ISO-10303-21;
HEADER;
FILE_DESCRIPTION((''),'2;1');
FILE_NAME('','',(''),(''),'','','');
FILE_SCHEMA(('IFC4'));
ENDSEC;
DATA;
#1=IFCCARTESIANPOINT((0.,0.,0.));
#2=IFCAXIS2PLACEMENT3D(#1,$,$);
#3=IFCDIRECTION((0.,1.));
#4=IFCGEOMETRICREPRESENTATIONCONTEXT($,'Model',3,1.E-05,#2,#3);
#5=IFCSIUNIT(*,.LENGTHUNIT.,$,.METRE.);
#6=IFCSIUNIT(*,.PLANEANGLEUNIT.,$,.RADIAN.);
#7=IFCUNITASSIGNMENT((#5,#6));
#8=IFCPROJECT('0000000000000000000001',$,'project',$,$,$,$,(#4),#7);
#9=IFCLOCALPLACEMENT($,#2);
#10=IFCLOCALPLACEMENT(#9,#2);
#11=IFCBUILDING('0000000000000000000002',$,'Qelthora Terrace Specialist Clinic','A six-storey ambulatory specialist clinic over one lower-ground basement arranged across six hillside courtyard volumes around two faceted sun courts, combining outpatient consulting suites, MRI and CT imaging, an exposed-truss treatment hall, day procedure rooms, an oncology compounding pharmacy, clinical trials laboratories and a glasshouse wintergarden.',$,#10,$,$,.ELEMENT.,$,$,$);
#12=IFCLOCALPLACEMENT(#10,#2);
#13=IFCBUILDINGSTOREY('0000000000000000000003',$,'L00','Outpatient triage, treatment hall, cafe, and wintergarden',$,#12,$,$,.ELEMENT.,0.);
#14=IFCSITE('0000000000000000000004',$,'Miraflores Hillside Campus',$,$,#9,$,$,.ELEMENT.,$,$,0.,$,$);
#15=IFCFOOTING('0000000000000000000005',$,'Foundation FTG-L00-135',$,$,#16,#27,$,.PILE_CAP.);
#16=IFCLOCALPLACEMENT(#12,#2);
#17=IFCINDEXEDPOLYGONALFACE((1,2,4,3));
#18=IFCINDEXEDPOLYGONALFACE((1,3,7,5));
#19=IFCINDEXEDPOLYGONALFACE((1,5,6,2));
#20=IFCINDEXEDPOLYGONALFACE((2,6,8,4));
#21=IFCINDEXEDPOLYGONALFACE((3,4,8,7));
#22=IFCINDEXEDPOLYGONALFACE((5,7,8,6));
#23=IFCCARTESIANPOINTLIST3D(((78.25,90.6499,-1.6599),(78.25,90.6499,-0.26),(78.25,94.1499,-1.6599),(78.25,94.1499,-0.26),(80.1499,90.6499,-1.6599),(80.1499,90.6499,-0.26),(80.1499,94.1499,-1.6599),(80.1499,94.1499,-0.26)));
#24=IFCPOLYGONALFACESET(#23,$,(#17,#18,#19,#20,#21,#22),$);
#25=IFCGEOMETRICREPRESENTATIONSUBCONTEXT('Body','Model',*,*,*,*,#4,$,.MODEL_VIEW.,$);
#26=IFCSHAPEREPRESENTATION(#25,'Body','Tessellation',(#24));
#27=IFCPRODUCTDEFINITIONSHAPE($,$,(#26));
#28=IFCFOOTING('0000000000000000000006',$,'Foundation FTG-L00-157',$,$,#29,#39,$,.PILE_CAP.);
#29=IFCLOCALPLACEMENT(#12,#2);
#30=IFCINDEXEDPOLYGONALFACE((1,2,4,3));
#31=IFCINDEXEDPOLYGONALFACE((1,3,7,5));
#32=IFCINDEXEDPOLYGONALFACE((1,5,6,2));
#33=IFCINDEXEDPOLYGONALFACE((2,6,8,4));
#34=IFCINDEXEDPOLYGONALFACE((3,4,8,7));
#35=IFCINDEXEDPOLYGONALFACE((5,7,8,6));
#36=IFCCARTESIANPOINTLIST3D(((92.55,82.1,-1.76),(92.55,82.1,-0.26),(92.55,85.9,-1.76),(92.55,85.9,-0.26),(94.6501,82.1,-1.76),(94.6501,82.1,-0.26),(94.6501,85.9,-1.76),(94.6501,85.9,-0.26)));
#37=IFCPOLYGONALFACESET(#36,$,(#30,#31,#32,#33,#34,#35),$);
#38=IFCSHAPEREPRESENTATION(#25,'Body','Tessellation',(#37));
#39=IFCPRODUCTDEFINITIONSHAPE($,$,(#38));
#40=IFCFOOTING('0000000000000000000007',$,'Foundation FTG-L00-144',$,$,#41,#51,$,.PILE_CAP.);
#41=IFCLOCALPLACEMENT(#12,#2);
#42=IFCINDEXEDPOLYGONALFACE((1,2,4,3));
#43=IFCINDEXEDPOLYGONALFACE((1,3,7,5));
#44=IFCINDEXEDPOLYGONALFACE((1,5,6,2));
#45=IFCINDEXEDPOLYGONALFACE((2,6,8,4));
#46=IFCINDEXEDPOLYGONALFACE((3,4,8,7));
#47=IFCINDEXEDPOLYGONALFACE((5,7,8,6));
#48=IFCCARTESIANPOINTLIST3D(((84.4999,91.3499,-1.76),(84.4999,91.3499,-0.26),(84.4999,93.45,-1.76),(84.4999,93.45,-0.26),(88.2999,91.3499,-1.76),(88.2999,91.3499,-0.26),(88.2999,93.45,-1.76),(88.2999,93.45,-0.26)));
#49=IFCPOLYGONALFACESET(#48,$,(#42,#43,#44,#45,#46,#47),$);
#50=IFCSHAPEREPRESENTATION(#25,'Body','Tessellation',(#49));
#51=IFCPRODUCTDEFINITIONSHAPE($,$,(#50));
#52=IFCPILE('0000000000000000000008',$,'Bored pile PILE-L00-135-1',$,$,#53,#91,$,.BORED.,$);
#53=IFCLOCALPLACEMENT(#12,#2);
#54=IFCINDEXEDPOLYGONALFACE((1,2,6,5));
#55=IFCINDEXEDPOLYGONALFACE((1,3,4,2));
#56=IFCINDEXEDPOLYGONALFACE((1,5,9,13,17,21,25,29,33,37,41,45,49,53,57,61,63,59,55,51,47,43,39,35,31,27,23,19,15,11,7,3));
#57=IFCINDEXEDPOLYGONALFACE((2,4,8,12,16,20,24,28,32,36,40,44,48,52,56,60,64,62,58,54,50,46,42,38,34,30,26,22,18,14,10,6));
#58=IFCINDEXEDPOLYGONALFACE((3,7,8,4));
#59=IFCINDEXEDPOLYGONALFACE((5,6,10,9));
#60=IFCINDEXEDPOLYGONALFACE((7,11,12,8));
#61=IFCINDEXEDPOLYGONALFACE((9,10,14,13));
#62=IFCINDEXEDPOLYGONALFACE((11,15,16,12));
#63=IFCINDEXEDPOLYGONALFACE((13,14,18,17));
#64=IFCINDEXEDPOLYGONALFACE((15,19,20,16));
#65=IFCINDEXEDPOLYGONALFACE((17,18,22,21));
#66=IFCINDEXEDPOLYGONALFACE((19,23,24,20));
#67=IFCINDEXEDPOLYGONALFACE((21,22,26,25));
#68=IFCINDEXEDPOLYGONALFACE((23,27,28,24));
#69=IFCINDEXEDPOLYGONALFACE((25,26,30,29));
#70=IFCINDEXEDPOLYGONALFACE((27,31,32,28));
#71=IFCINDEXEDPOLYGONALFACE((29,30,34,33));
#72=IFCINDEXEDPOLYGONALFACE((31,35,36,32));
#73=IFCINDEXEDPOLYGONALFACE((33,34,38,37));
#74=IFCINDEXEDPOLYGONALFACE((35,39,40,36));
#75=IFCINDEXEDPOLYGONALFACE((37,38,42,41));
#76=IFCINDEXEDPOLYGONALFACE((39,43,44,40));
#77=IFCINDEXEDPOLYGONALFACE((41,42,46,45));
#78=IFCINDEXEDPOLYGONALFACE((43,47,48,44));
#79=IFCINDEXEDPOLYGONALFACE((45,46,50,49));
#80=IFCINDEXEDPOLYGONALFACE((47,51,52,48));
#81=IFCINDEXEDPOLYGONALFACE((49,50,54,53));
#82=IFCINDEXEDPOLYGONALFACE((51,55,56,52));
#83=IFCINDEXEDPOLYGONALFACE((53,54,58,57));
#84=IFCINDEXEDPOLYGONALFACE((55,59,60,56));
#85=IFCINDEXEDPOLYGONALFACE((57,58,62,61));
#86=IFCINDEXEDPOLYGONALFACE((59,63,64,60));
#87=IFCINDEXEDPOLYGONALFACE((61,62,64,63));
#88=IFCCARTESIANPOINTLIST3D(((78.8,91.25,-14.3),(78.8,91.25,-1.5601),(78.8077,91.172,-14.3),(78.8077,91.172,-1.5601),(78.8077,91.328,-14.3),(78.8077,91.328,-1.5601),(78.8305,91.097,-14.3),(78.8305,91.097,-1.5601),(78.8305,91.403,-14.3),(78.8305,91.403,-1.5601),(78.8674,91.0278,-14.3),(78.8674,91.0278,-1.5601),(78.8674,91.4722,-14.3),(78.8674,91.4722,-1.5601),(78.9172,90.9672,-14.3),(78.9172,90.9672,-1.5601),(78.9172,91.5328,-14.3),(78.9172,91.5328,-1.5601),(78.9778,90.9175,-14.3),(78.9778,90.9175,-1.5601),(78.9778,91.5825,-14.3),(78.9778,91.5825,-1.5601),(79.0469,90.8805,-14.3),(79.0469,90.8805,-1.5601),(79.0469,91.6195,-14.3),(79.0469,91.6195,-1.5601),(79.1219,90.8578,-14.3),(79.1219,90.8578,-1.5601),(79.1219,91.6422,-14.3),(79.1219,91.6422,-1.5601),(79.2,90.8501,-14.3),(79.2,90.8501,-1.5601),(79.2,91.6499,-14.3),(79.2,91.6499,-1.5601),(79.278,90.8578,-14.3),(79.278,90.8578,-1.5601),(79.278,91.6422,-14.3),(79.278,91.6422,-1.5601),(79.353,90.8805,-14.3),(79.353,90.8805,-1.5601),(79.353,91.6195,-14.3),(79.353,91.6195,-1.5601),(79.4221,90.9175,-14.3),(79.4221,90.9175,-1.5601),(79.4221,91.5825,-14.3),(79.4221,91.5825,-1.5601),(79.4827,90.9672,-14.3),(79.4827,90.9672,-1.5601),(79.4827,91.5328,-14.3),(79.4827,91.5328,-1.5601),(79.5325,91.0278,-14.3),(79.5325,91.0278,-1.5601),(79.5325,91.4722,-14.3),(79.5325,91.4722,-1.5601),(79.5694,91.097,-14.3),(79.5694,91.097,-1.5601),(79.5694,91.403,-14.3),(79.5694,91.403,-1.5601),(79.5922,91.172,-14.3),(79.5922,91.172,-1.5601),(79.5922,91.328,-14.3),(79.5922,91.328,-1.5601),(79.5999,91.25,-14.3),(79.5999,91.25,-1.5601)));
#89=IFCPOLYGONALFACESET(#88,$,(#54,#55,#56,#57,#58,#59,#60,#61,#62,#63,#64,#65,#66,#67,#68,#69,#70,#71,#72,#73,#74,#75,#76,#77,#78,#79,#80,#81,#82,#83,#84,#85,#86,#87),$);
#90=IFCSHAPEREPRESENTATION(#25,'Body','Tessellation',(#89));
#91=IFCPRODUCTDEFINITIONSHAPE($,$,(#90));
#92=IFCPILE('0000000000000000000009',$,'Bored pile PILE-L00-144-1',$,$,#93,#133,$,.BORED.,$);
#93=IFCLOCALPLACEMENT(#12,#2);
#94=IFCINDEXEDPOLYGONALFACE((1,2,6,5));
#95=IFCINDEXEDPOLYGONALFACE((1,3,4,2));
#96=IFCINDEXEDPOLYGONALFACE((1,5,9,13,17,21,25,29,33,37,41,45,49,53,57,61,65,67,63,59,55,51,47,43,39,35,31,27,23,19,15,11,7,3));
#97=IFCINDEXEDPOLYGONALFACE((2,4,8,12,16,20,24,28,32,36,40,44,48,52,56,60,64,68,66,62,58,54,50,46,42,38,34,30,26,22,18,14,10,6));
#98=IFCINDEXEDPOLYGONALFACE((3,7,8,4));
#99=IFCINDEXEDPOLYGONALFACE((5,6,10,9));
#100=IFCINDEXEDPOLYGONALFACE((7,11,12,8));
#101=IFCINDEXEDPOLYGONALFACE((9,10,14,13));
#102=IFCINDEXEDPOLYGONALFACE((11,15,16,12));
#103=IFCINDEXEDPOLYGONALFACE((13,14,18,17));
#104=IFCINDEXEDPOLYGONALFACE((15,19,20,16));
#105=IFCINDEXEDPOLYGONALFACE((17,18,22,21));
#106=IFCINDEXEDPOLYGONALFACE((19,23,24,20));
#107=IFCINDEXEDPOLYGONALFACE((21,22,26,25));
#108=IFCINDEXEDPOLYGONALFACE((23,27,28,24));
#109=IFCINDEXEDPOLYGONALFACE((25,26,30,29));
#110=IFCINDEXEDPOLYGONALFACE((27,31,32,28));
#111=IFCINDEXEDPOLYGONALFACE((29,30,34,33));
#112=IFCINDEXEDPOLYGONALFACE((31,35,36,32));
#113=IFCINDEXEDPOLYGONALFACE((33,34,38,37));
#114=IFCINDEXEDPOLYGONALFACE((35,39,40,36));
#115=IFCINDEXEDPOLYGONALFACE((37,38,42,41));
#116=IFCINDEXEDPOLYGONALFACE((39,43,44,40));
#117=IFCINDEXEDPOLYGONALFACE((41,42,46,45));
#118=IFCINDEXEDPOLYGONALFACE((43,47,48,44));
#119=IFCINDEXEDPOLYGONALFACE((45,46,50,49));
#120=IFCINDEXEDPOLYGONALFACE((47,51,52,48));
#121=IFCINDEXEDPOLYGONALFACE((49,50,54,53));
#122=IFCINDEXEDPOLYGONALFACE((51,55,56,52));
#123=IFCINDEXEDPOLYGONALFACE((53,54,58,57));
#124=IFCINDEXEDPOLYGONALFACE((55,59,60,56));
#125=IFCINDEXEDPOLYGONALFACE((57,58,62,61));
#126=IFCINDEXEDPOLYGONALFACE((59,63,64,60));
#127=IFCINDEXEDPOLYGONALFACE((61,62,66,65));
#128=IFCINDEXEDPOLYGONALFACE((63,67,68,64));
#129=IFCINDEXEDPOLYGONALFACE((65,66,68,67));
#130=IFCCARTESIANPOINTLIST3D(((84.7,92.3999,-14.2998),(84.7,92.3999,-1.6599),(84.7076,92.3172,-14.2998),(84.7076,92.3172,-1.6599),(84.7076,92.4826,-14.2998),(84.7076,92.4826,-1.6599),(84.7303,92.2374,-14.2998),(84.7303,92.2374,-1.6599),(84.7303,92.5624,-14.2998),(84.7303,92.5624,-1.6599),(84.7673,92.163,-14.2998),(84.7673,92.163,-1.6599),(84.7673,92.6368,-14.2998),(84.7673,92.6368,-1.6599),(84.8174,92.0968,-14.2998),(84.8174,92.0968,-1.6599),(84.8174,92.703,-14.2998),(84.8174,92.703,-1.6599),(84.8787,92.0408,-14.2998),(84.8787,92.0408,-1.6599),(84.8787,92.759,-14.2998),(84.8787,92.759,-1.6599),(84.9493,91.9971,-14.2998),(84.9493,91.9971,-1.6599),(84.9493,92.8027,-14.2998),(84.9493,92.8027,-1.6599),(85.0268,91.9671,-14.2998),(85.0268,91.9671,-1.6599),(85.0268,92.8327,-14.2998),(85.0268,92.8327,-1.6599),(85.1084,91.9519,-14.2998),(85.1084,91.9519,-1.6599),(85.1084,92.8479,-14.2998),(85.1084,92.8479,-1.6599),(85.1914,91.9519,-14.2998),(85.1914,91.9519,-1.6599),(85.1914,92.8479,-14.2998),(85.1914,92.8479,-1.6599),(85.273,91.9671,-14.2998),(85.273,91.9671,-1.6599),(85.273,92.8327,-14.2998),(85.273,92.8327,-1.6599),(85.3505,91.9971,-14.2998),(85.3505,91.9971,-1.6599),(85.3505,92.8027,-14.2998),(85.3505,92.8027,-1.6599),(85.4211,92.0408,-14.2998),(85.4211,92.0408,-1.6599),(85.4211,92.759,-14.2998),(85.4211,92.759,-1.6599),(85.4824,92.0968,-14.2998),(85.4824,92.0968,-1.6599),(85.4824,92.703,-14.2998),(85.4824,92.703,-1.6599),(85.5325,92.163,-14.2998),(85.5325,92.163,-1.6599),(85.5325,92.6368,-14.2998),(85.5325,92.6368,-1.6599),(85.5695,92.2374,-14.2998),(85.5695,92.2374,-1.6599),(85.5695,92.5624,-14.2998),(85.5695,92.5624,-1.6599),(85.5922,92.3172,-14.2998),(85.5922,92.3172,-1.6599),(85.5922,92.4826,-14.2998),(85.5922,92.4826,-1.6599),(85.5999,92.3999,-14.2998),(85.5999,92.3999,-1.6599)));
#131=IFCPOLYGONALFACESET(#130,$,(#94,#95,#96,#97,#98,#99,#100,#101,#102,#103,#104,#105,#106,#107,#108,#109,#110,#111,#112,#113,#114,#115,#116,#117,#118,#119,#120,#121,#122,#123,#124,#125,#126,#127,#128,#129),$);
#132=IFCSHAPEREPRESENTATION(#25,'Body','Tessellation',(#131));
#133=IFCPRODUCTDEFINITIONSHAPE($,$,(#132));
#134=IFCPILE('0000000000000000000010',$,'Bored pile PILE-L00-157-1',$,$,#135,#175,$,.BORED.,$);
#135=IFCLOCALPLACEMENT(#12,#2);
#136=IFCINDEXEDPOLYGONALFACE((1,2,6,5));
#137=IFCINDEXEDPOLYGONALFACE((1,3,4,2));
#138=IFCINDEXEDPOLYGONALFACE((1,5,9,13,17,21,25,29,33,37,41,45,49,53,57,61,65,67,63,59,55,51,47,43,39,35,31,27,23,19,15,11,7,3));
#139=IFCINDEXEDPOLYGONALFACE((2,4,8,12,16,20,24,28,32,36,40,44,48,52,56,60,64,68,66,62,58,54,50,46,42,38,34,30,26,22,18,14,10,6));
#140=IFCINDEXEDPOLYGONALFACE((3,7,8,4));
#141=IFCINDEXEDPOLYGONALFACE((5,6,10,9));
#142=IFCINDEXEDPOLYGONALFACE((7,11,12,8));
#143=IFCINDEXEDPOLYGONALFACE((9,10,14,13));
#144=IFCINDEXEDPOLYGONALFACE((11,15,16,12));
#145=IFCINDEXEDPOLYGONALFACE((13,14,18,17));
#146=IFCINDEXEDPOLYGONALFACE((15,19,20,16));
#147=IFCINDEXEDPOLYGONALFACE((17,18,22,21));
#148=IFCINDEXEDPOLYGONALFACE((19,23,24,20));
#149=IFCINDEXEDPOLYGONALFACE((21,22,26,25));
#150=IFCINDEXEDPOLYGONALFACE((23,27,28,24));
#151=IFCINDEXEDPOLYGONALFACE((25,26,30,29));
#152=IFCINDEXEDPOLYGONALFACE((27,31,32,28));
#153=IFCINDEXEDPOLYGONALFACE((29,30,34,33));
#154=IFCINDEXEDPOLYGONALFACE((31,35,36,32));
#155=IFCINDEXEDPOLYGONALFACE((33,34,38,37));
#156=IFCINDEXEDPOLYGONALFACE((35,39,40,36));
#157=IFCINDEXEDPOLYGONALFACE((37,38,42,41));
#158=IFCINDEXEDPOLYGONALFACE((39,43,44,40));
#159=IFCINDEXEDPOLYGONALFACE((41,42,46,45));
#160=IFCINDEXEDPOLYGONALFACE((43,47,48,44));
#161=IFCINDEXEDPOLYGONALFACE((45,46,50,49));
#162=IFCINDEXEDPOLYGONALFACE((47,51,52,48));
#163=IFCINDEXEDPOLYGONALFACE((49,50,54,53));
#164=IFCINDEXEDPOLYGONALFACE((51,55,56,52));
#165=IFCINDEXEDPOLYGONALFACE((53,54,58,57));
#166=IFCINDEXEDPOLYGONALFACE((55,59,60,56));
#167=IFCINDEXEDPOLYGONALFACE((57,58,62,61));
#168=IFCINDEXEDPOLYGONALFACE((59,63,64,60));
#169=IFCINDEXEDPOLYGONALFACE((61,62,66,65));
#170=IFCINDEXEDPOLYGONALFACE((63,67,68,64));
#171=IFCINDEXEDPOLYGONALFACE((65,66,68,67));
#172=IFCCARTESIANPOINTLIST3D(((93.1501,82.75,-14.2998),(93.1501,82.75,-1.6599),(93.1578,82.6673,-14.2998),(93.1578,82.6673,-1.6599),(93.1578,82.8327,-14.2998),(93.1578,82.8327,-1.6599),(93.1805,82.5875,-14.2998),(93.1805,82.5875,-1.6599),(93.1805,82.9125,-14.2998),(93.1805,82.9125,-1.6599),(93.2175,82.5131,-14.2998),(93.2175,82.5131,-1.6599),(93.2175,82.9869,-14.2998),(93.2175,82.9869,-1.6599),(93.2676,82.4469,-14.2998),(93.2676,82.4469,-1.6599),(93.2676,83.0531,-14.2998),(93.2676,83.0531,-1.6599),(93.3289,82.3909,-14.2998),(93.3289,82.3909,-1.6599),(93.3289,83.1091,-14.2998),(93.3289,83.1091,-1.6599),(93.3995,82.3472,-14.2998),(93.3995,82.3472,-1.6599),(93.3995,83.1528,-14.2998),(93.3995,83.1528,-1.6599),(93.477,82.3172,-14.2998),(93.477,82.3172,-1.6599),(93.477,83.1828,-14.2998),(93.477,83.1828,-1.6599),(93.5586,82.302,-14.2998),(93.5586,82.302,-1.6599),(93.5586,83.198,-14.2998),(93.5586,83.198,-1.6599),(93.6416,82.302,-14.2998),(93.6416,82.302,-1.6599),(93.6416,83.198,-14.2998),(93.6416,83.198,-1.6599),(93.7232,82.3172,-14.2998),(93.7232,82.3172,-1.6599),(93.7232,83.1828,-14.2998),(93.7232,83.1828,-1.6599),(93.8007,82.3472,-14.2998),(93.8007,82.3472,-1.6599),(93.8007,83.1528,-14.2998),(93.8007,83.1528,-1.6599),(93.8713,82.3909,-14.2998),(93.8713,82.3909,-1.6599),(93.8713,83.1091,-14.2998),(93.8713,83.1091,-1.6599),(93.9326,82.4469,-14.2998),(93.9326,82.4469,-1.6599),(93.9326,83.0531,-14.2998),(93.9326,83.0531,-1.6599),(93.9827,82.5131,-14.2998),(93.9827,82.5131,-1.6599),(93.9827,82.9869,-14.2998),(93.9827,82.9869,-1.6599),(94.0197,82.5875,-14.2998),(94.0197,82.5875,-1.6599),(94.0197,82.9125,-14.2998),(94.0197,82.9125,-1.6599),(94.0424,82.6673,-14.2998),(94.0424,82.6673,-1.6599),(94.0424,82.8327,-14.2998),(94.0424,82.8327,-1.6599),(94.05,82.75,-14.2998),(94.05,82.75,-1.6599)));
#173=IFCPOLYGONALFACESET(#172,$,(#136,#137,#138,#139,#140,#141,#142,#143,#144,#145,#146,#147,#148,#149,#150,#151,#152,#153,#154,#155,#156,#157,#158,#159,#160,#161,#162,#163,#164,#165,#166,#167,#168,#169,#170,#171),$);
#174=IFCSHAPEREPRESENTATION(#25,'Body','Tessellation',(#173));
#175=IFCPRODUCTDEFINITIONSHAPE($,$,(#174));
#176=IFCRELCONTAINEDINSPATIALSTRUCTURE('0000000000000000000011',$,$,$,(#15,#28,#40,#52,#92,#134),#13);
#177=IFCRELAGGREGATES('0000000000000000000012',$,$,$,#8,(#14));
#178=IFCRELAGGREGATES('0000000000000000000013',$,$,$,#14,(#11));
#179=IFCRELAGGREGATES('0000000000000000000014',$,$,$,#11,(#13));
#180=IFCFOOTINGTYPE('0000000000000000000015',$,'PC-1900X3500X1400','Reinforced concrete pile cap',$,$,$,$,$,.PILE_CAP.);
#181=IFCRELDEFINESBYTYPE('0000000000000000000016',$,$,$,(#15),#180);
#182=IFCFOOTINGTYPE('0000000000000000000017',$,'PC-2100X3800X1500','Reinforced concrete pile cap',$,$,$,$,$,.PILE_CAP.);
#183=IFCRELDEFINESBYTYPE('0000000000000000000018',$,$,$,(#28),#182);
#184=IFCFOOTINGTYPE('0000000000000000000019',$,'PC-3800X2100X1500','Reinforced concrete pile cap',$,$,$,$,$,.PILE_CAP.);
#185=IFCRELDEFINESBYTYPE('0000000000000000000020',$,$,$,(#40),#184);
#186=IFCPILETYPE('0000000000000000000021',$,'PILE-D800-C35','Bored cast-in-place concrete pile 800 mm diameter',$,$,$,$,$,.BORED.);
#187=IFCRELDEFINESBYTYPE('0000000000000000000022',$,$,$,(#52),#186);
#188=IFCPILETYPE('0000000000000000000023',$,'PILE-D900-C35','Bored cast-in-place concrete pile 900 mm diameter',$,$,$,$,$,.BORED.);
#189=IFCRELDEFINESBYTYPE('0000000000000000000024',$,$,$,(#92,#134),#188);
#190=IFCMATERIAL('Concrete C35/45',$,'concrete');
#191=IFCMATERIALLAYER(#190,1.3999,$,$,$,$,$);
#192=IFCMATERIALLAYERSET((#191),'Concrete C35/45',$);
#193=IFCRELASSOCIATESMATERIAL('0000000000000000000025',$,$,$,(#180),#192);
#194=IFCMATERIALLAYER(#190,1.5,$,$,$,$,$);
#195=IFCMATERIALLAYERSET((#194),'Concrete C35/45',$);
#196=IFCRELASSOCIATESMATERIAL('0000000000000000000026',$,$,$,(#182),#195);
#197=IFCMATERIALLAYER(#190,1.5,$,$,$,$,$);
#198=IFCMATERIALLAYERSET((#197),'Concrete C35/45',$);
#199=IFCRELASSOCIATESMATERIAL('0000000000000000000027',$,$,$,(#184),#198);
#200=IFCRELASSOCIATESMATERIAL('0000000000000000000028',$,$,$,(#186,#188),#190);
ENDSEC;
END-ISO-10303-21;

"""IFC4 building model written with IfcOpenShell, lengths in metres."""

from ifc_helpers import new_model, si_unit, direction, frame, origin, origin_2d, place, context, subcontext, project, spatial, rectangle, circle, extrude, material, layer, layer_set, material_profile, profile_set, type_object, element, save


model = new_model("IFC4")

# Units and contexts
model_context = context("Model", 3, precision=1e-05, world=origin(), true_north=direction((0.0, 1.0)))
body_context = subcontext(model_context, "Body", "Model", "MODEL_VIEW")
ifc_project = project(units=[si_unit("LENGTHUNIT", "METRE"), si_unit("PLANEANGLEUNIT", "RADIAN")], contexts=[model_context])

# Site, building, storey
site_placement = place(None, origin())
site = spatial("IfcSite", under=ifc_project, at=site_placement, Name="Miraflores Hillside Campus", CompositionType="ELEMENT", RefElevation=0.0)
building_placement = place(site_placement, origin())
building = spatial("IfcBuilding", under=site, at=building_placement, Name="Qelthora Terrace Specialist Clinic", Description="A six-storey ambulatory specialist clinic over one lower-ground basement arranged across six hillside courtyard volumes around two faceted sun courts, combining outpatient consulting suites, MRI and CT imaging, an exposed-truss treatment hall, day procedure rooms, an oncology compounding pharmacy, clinical trials laboratories and a glasshouse wintergarden.", CompositionType="ELEMENT")
storey_placement = place(building_placement, origin())
storey = spatial("IfcBuildingStorey", under=building, at=storey_placement, Name="L00", Description="Outpatient triage, treatment hall, cafe, and wintergarden", CompositionType="ELEMENT", Elevation=0.0)

# Footings
ifc_material_1 = material(Name="Concrete C35/45", Category="concrete")
ifc_layer_1 = layer(ifc_material_1, 1.3999)
ifc_layer_set_1 = layer_set([ifc_layer_1], Name="Concrete C35/45")
footing_type_1 = type_object("IfcFootingType", Name="PC-1900X3500X1400", Description="Reinforced concrete pile cap", PredefinedType="PILE_CAP", material=ifc_layer_set_1)
footing_1_placement = place(storey_placement, frame((79.2, 92.3999, -1.6599), z_axis=(0.0, 0.0, 1.0), x_axis=(1.0, 0.0, 0.0)))
element("IfcFooting", 1, at=footing_1_placement, inside=storey, type_object=footing_type_1, Name="Foundation FTG-L00-135", PredefinedType="PILE_CAP", context=body_context, shape_type="SweptSolid", body=[
    extrude(rectangle(XDim=1.8999, YDim=3.5, at=origin_2d()), origin(), (0.0, 0.0, 1.0), 1.3999),
])
ifc_layer_2 = layer(ifc_material_1, 1.5)
ifc_layer_set_2 = layer_set([ifc_layer_2], Name="Concrete C35/45")
footing_type_2 = type_object("IfcFootingType", Name="PC-2100X3800X1500", Description="Reinforced concrete pile cap", PredefinedType="PILE_CAP", material=ifc_layer_set_2)
footing_2_placement = place(storey_placement, frame((93.6001, 84.0, -1.76), z_axis=(0.0, 0.0, 1.0), x_axis=(1.0, 0.0, 0.0)))
element("IfcFooting", 2, at=footing_2_placement, inside=storey, type_object=footing_type_2, Name="Foundation FTG-L00-157", PredefinedType="PILE_CAP", context=body_context, shape_type="SweptSolid", body=[
    extrude(rectangle(XDim=2.1001, YDim=3.8, at=origin_2d()), origin(), (0.0, 0.0, 1.0), 1.5),
])
ifc_layer_3 = layer(ifc_material_1, 1.5)
ifc_layer_set_3 = layer_set([ifc_layer_3], Name="Concrete C35/45")
footing_type_3 = type_object("IfcFootingType", Name="PC-3800X2100X1500", Description="Reinforced concrete pile cap", PredefinedType="PILE_CAP", material=ifc_layer_set_3)
footing_3_placement = place(storey_placement, frame((86.3999, 92.3999, -1.76), z_axis=(0.0, 0.0, 1.0), x_axis=(1.0, 0.0, 0.0)))
element("IfcFooting", 3, at=footing_3_placement, inside=storey, type_object=footing_type_3, Name="Foundation FTG-L00-144", PredefinedType="PILE_CAP", context=body_context, shape_type="SweptSolid", body=[
    extrude(rectangle(XDim=3.8, YDim=2.1001, at=origin_2d()), origin(), (0.0, 0.0, 1.0), 1.5),
])

# Piles
ifc_material_profile_1 = material_profile(ifc_material_1, circle(Radius=0.3999, at=origin_2d()), Name="PILE800")
ifc_profile_set_1 = profile_set([ifc_material_profile_1], Name="Concrete C35/45")
pile_type_1 = type_object("IfcPileType", Name="PILE-D800-C35", Description="Bored cast-in-place concrete pile 800 mm diameter", PredefinedType="BORED", material=ifc_profile_set_1)
pile_placement = place(storey_placement, frame((79.2, 91.25, -1.5601), z_axis=(0.0, 0.0, -1.0), x_axis=(1.0, 0.0, 0.0)))
element("IfcPile", 4, at=pile_placement, inside=storey, type_object=pile_type_1, Name="Bored pile PILE-L00-135-1", PredefinedType="BORED", context=body_context, shape_type="SweptSolid", body=[
    extrude(circle(Radius=0.3999, at=origin_2d()), origin(), (0.0, 0.0, 1.0), 12.74),
])
ifc_material_profile_2 = material_profile(ifc_material_1, circle(Radius=0.45, at=origin_2d()), Name="PILE900")
ifc_profile_set_2 = profile_set([ifc_material_profile_2], Name="Concrete C35/45")
pile_type_2 = type_object("IfcPileType", Name="PILE-D900-C35", Description="Bored cast-in-place concrete pile 900 mm diameter", PredefinedType="BORED", material=ifc_profile_set_2)
for number, where, z_axis, x_axis, name in (
    (5, (85.1499, 92.3999, -1.6599), (0.0, 0.0, -1.0), (1.0, 0.0, 0.0), "Bored pile PILE-L00-144-1"),
    (6, (93.6001, 82.75, -1.6599), (0.0, 0.0, -1.0), (1.0, 0.0, 0.0), "Bored pile PILE-L00-157-1"),
):
    element("IfcPile", number, at=place(storey_placement, frame(where, z_axis=z_axis, x_axis=x_axis)), inside=storey, type_object=pile_type_2, Name=name, PredefinedType="BORED", context=body_context, shape_type="SweptSolid", body=[
        extrude(circle(Radius=0.45, at=origin_2d()), origin(), (0.0, 0.0, 1.0), 12.6399),
    ])

save(model, "model.ifc")
